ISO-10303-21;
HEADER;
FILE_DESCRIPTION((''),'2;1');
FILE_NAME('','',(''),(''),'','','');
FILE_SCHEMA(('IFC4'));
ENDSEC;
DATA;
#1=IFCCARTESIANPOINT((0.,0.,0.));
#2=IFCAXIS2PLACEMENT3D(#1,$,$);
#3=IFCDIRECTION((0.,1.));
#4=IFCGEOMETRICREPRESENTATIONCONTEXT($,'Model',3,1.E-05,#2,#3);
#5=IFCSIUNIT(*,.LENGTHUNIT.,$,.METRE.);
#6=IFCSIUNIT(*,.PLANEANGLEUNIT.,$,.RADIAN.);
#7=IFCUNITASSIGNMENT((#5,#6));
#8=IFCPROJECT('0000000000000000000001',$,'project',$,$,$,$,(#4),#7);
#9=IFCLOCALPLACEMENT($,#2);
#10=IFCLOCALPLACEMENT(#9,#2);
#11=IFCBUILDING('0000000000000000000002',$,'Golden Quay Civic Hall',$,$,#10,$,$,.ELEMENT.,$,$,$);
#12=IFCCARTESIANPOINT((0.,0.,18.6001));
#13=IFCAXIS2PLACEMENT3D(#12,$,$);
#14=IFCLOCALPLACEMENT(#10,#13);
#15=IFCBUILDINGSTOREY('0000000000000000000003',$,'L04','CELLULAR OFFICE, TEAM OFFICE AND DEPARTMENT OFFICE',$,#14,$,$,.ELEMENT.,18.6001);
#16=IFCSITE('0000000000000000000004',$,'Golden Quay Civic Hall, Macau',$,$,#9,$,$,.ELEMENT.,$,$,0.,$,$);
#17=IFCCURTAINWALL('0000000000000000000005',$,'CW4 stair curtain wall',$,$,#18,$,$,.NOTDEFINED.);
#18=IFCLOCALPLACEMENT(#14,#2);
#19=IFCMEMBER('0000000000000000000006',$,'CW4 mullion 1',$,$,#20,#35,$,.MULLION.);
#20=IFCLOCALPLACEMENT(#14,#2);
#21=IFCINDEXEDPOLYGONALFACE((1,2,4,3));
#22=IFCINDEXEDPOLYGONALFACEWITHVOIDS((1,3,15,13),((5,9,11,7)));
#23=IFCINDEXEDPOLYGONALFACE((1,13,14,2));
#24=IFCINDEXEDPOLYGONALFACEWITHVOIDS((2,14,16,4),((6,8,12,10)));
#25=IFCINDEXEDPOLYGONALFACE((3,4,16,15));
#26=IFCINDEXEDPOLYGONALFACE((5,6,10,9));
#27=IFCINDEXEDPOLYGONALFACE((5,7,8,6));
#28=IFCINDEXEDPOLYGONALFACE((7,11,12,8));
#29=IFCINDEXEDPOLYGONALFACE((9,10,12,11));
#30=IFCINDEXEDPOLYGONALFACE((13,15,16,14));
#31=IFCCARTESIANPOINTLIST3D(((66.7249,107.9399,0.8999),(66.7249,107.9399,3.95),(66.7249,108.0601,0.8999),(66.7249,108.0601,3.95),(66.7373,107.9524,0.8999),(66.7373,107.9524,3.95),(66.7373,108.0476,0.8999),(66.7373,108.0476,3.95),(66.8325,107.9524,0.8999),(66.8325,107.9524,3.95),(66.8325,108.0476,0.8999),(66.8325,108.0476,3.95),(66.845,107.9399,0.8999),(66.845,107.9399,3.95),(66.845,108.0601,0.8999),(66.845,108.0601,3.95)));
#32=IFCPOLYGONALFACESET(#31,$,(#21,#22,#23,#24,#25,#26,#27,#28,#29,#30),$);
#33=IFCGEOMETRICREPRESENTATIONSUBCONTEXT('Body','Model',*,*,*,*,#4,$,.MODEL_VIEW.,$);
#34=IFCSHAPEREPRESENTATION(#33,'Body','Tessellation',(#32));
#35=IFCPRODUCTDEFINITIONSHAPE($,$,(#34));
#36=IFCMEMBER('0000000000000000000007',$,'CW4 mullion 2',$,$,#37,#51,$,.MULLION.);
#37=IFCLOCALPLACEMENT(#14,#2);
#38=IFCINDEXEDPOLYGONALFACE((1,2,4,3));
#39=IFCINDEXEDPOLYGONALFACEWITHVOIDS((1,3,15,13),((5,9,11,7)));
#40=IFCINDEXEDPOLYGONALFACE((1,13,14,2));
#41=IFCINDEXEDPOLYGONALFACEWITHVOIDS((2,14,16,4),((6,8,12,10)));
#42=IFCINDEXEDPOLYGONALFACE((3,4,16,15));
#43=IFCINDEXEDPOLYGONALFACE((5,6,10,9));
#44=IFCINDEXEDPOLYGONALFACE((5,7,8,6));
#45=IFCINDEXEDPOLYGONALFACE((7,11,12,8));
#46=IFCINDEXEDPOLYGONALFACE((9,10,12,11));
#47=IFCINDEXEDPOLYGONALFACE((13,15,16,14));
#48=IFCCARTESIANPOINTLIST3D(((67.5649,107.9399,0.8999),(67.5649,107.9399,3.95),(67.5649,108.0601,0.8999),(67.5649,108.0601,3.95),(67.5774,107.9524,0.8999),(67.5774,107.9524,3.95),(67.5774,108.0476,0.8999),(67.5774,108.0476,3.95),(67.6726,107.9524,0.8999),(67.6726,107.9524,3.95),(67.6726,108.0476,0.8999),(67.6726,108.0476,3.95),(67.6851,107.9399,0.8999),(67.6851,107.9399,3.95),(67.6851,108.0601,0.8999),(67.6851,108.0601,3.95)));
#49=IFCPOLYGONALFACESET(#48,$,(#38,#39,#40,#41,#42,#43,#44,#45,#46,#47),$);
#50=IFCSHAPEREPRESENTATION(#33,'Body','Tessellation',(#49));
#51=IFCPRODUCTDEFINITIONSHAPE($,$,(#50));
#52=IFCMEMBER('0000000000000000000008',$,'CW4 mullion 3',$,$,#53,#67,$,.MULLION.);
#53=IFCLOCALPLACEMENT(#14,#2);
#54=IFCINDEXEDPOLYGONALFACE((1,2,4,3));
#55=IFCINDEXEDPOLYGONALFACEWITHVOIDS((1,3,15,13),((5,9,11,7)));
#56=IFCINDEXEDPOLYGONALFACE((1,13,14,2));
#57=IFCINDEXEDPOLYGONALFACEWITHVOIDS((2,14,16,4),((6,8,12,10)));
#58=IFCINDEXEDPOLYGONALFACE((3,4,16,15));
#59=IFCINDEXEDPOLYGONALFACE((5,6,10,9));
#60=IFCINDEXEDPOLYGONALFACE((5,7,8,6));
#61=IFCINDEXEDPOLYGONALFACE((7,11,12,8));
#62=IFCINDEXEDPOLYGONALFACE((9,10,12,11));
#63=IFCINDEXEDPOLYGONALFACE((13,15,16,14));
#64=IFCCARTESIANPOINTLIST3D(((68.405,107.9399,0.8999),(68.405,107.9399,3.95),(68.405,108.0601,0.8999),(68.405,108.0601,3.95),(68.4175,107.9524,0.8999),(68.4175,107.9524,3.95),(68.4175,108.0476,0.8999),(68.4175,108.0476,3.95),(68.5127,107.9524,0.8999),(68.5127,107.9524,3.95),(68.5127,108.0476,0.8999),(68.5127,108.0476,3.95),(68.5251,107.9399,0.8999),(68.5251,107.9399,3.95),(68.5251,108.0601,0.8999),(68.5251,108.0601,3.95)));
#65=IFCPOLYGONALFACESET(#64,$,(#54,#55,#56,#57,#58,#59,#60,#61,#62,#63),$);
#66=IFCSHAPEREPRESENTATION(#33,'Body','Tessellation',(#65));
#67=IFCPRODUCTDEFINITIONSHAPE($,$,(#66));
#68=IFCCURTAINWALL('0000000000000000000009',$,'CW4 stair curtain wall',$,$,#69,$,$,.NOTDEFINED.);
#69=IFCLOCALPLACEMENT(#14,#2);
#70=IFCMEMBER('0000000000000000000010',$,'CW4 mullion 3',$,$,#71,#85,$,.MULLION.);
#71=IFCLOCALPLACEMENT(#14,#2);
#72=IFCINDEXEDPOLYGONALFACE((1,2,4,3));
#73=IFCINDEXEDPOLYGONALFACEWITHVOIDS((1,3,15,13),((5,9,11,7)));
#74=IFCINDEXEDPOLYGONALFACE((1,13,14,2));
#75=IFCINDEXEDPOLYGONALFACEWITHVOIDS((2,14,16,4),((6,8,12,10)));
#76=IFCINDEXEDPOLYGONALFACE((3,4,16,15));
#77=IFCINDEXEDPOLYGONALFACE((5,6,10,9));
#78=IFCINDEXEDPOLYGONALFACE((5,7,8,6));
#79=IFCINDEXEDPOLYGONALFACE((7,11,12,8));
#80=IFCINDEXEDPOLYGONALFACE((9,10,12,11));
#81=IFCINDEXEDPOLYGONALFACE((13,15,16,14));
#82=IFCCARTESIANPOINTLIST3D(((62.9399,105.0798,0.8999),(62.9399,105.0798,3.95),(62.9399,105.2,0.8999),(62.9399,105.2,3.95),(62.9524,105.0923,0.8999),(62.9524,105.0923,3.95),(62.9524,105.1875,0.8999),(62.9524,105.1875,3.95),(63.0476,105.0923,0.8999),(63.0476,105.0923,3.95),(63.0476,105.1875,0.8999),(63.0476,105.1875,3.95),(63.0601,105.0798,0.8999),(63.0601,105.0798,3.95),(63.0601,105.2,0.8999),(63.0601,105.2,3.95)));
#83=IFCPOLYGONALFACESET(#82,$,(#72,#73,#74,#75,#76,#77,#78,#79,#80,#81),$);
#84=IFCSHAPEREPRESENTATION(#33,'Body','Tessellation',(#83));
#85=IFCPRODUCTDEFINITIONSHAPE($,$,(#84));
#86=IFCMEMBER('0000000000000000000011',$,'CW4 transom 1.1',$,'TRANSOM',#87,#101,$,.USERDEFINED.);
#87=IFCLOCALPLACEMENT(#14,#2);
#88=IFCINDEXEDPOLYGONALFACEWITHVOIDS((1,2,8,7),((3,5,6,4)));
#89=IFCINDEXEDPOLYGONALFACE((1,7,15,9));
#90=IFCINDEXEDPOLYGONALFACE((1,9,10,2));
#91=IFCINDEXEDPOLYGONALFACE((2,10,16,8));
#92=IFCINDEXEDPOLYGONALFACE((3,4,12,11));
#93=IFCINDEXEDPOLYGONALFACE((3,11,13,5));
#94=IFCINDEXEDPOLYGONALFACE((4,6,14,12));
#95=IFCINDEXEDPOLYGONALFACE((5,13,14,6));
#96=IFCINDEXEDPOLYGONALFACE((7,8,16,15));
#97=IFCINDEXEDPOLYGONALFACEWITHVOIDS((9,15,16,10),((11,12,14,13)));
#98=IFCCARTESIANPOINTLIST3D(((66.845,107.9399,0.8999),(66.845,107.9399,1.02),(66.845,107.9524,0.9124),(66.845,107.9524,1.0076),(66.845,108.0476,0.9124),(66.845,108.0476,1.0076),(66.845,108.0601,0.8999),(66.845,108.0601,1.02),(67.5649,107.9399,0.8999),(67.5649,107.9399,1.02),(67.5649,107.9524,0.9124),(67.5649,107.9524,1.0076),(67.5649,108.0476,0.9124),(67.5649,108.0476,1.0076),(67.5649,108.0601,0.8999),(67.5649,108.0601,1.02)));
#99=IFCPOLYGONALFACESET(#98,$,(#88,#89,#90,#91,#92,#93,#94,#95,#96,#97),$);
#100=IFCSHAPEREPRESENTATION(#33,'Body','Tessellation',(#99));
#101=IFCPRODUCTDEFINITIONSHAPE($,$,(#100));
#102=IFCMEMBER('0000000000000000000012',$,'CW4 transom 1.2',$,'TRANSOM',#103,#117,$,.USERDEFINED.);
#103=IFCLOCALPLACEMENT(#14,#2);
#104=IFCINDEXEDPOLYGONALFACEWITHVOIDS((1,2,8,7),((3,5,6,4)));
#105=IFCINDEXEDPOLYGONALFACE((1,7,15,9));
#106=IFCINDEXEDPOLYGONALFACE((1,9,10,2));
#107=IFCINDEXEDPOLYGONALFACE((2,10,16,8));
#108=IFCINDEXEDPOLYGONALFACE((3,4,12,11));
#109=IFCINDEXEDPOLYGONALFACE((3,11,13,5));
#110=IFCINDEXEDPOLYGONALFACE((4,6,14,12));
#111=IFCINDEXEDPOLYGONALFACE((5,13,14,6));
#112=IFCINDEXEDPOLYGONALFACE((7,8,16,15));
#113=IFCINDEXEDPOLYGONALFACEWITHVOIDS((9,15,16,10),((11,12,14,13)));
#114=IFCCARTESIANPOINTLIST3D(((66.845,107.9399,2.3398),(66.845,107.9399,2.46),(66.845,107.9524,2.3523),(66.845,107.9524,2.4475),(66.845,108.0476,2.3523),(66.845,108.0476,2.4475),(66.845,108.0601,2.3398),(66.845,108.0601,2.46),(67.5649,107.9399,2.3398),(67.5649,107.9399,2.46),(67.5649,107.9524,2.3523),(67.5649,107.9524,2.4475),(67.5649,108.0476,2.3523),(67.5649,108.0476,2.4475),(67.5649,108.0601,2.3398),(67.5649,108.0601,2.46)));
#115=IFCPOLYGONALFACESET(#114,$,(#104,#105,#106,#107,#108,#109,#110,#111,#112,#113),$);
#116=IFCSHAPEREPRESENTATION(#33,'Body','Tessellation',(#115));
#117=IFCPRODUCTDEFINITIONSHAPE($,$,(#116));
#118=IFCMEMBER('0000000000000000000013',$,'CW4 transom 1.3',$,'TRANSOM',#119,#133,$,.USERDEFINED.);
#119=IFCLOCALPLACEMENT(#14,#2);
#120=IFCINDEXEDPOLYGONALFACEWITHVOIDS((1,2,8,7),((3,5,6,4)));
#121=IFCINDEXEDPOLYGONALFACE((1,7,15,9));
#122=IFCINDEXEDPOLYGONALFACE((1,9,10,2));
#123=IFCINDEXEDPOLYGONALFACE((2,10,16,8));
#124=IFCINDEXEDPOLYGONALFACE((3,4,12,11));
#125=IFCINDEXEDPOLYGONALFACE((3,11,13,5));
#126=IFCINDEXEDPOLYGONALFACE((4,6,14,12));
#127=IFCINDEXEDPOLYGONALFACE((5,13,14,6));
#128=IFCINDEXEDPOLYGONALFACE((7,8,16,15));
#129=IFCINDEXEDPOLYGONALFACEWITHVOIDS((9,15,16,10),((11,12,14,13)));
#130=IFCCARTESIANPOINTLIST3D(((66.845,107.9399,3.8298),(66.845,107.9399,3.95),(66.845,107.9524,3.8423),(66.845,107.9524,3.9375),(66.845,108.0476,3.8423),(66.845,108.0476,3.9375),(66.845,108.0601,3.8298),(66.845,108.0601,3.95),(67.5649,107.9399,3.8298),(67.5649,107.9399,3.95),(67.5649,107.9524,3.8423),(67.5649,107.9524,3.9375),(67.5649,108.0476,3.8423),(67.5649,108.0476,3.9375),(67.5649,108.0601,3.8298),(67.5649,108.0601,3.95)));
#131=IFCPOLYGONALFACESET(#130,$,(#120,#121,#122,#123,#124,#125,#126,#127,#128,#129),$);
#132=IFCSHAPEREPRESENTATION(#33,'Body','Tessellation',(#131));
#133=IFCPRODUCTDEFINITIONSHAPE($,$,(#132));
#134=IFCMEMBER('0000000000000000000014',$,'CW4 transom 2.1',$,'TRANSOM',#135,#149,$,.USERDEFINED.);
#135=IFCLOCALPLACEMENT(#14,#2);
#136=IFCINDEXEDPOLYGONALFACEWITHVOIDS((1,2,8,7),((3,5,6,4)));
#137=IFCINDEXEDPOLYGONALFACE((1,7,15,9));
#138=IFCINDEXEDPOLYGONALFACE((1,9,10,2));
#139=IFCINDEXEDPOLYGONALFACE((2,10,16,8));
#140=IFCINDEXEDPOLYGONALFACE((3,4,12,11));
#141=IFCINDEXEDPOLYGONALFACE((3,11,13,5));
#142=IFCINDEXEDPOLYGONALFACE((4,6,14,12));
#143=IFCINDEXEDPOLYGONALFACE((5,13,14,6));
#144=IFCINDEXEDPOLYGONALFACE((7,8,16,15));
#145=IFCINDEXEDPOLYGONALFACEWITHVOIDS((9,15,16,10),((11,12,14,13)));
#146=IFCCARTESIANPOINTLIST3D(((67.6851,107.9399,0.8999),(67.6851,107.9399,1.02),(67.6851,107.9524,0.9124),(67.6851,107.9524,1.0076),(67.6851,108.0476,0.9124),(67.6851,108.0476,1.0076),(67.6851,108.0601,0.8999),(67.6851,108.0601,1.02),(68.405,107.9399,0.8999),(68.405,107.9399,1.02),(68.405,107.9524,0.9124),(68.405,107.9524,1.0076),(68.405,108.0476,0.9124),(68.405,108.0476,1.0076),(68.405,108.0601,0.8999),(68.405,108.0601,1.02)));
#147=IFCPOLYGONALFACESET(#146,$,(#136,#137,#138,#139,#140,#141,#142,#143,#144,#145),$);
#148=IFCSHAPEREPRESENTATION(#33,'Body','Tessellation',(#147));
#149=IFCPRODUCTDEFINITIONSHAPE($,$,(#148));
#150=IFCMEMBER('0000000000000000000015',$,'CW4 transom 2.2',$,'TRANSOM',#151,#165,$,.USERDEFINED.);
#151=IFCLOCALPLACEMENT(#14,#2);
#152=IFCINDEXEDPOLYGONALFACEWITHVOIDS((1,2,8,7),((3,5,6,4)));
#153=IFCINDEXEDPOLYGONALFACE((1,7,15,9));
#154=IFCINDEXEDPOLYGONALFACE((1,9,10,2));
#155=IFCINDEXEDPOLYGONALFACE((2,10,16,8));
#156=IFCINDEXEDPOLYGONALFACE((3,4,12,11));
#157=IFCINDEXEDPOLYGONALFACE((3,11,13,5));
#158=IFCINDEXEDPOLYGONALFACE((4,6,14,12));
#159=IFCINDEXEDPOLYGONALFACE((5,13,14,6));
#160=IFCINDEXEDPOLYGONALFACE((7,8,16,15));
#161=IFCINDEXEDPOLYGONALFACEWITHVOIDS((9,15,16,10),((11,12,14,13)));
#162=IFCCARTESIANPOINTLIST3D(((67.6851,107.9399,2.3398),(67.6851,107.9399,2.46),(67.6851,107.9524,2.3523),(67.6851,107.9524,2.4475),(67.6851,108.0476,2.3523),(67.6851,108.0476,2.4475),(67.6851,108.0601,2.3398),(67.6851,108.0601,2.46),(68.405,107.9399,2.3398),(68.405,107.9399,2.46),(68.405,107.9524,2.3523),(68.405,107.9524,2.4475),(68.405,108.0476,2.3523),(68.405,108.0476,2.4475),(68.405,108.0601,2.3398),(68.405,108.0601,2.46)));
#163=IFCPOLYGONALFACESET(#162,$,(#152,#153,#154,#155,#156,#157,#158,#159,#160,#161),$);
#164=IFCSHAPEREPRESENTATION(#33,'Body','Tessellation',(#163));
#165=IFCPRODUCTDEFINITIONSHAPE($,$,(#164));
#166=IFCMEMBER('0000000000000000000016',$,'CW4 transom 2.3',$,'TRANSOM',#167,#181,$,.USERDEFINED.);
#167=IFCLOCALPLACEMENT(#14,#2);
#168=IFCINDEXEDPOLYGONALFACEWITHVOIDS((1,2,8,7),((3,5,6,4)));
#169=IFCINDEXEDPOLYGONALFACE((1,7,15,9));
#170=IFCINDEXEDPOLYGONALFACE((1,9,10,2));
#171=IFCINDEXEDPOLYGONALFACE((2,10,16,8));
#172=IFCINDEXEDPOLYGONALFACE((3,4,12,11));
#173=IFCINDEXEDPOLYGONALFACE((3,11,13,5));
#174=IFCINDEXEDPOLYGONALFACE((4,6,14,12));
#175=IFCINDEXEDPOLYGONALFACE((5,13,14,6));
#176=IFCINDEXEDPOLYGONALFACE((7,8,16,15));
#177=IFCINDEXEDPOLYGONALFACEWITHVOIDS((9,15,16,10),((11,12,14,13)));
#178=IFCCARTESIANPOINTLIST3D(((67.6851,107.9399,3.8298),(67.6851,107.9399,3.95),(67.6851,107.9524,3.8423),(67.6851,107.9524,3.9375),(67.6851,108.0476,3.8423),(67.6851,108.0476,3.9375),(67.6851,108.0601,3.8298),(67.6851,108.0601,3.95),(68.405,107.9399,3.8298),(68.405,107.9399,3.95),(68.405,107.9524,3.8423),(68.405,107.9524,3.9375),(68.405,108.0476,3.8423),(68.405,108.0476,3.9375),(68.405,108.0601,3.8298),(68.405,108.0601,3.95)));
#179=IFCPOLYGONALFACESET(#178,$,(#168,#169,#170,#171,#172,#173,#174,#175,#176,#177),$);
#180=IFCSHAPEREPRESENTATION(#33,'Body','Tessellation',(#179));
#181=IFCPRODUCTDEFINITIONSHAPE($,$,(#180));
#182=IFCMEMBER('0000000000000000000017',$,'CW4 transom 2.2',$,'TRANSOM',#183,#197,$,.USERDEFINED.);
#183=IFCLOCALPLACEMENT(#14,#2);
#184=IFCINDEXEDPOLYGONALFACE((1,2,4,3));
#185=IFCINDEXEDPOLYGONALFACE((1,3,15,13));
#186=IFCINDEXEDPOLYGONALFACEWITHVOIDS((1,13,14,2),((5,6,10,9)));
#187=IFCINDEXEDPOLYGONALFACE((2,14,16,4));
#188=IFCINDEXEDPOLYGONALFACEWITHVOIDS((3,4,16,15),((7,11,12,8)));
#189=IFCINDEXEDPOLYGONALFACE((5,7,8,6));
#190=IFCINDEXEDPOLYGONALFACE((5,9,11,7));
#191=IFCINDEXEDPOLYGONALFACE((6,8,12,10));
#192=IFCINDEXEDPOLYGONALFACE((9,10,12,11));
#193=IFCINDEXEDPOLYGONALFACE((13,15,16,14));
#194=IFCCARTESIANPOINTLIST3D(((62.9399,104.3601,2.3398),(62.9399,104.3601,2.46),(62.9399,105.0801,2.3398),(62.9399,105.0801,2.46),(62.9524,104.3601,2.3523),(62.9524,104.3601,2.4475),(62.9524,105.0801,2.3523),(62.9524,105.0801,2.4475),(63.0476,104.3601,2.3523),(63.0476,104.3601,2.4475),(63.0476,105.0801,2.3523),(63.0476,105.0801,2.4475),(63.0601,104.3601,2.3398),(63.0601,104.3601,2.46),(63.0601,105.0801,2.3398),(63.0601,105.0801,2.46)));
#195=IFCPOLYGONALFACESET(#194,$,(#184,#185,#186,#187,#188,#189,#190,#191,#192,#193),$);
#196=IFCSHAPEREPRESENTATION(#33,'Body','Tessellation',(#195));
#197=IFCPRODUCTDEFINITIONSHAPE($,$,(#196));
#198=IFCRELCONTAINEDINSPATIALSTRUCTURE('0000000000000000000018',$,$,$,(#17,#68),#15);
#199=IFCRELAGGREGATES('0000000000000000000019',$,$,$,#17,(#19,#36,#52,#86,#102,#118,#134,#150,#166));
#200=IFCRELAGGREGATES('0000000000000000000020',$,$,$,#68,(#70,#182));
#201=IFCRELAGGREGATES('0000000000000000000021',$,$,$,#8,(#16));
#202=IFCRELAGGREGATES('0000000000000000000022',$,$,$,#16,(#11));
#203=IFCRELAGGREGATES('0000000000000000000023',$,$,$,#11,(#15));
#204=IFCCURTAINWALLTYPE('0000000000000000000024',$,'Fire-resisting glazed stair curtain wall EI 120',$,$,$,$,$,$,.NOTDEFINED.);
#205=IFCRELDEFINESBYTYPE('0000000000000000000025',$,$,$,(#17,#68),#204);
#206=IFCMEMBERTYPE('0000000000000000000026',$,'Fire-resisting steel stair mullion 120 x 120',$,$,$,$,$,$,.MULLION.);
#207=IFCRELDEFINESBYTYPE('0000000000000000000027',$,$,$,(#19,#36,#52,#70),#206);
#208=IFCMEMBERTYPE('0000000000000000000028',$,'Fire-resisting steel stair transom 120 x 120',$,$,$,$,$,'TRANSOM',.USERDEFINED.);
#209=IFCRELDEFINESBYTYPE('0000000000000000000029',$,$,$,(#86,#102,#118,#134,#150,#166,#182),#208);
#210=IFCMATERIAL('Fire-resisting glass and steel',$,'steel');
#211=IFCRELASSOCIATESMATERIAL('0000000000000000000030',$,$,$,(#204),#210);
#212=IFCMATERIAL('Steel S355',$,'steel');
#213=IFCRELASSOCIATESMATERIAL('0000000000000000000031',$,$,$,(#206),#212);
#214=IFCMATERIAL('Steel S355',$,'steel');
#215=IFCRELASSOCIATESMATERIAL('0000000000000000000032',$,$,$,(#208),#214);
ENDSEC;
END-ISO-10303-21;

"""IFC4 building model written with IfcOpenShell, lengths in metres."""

from ifc_helpers import new_model, si_unit, direction, frame, origin, origin_2d, place, context, subcontext, project, spatial, hollow_rectangle, extrude, material, material_profile, profile_set, type_object, element, aggregate, save


model = new_model("IFC4")

# Units and contexts
model_context = context("Model", 3, precision=1e-05, world=origin(), true_north=direction((0.0, 1.0)))
body_context = subcontext(model_context, "Body", "Model", "MODEL_VIEW")
ifc_project = project(units=[si_unit("LENGTHUNIT", "METRE"), si_unit("PLANEANGLEUNIT", "RADIAN")], contexts=[model_context])

# Site, building, storey
site_placement = place(None, origin())
site = spatial("IfcSite", under=ifc_project, at=site_placement, Name="Golden Quay Civic Hall, Macau", CompositionType="ELEMENT", RefElevation=0.0)
building_placement = place(site_placement, origin())
building = spatial("IfcBuilding", under=site, at=building_placement, Name="Golden Quay Civic Hall", CompositionType="ELEMENT")
storey_placement = place(building_placement, frame((0.0, 0.0, 18.6001)))
storey = spatial("IfcBuildingStorey", under=building, at=storey_placement, Name="L04", Description="CELLULAR OFFICE, TEAM OFFICE AND DEPARTMENT OFFICE", CompositionType="ELEMENT", Elevation=18.6001)

# Curtain wall, members
ifc_material_1 = material(Name="Fire-resisting glass and steel", Category="steel")
curtain_wall_type = type_object("IfcCurtainWallType", Name="Fire-resisting glazed stair curtain wall EI 120", PredefinedType="NOTDEFINED", material=ifc_material_1)
curtain_wall_1_placement = place(storey_placement, origin())
curtain_wall_1 = element("IfcCurtainWall", 1, at=curtain_wall_1_placement, inside=storey, type_object=curtain_wall_type, Name="CW4 stair curtain wall", PredefinedType="NOTDEFINED")
ifc_material_2 = material(Name="Steel S355", Category="steel")
ifc_material_profile_1 = material_profile(ifc_material_2, hollow_rectangle(XDim=0.1201, YDim=0.1201, WallThickness=0.0125, at=origin_2d()), Name="SHS 120x120x12.5")
ifc_profile_set_1 = profile_set([ifc_material_profile_1], Name="Steel S355")
member_type_1 = type_object("IfcMemberType", Name="Fire-resisting steel stair mullion 120 x 120", PredefinedType="MULLION", material=ifc_profile_set_1)
member_1_placement = place(storey_placement, frame((66.7849, 108.0, 0.8999), z_axis=(0.0, 0.0, 1.0), x_axis=(0.0, 1.0, 0.0)))
member_1 = element("IfcMember", 2, at=member_1_placement, type_object=member_type_1, Name="CW4 mullion 1", PredefinedType="MULLION", context=body_context, shape_type="SweptSolid", body=[
    extrude(hollow_rectangle(XDim=0.1201, YDim=0.1201, WallThickness=0.0125, at=origin_2d()), origin(), (0.0, 0.0, 1.0), 3.05),
])
member_2_placement = place(storey_placement, frame((67.625, 108.0, 0.8999), z_axis=(0.0, 0.0, 1.0), x_axis=(0.0, 1.0, 0.0)))
member_2 = element("IfcMember", 3, at=member_2_placement, type_object=member_type_1, Name="CW4 mullion 2", PredefinedType="MULLION", context=body_context, shape_type="SweptSolid", body=[
    extrude(hollow_rectangle(XDim=0.1201, YDim=0.1201, WallThickness=0.0125, at=origin_2d()), origin(), (0.0, 0.0, 1.0), 3.05),
])
member_3_placement = place(storey_placement, frame((68.4651, 108.0, 0.8999), z_axis=(0.0, 0.0, 1.0), x_axis=(0.0, 1.0, 0.0)))
member_3 = element("IfcMember", 4, at=member_3_placement, type_object=member_type_1, Name="CW4 mullion 3", PredefinedType="MULLION", context=body_context, shape_type="SweptSolid", body=[
    extrude(hollow_rectangle(XDim=0.1201, YDim=0.1201, WallThickness=0.0125, at=origin_2d()), origin(), (0.0, 0.0, 1.0), 3.05),
])

# Curtain wall, member
curtain_wall_2_placement = place(storey_placement, origin())
curtain_wall_2 = element("IfcCurtainWall", 5, at=curtain_wall_2_placement, inside=storey, type_object=curtain_wall_type, Name="CW4 stair curtain wall", PredefinedType="NOTDEFINED")
member_4_placement = place(storey_placement, frame((63.0, 105.1399, 0.8999), z_axis=(0.0, 0.0, 1.0), x_axis=(-1.0, 0.0, 0.0)))
member_4 = element("IfcMember", 6, at=member_4_placement, type_object=member_type_1, Name="CW4 mullion 3", PredefinedType="MULLION", context=body_context, shape_type="SweptSolid", body=[
    extrude(hollow_rectangle(XDim=0.1201, YDim=0.1201, WallThickness=0.0125, at=origin_2d()), origin(), (0.0, 0.0, 1.0), 3.05),
])

# Members
ifc_material_3 = material(Name="Steel S355", Category="steel")
ifc_material_profile_2 = material_profile(ifc_material_3, hollow_rectangle(XDim=0.1201, YDim=0.1201, WallThickness=0.0125, at=origin_2d()), Name="SHS 120x120x12.5")
ifc_profile_set_2 = profile_set([ifc_material_profile_2], Name="Steel S355")
member_type_2 = type_object("IfcMemberType", Name="Fire-resisting steel stair transom 120 x 120", ElementType="TRANSOM", PredefinedType="USERDEFINED", material=ifc_profile_set_2)
member_5_placement = place(storey_placement, frame((66.845, 108.0, 0.96), z_axis=(1.0, 0.0, 0.0), x_axis=(0.0, 1.0, 0.0)))
member_5 = element("IfcMember", 7, at=member_5_placement, type_object=member_type_2, Name="CW4 transom 1.1", ObjectType="TRANSOM", PredefinedType="USERDEFINED", context=body_context, shape_type="SweptSolid", body=[
    extrude(hollow_rectangle(XDim=0.1201, YDim=0.1201, WallThickness=0.0125, at=origin_2d()), origin(), (0.0, 0.0, 1.0), 0.72),
])
member_6_placement = place(storey_placement, frame((66.845, 108.0, 2.3999), z_axis=(1.0, 0.0, 0.0), x_axis=(0.0, 1.0, 0.0)))
member_6 = element("IfcMember", 8, at=member_6_placement, type_object=member_type_2, Name="CW4 transom 1.2", ObjectType="TRANSOM", PredefinedType="USERDEFINED", context=body_context, shape_type="SweptSolid", body=[
    extrude(hollow_rectangle(XDim=0.1201, YDim=0.1201, WallThickness=0.0125, at=origin_2d()), origin(), (0.0, 0.0, 1.0), 0.72),
])
member_7_placement = place(storey_placement, frame((66.845, 108.0, 3.8899), z_axis=(1.0, 0.0, 0.0), x_axis=(0.0, 1.0, 0.0)))
member_7 = element("IfcMember", 9, at=member_7_placement, type_object=member_type_2, Name="CW4 transom 1.3", ObjectType="TRANSOM", PredefinedType="USERDEFINED", context=body_context, shape_type="SweptSolid", body=[
    extrude(hollow_rectangle(XDim=0.1201, YDim=0.1201, WallThickness=0.0125, at=origin_2d()), origin(), (0.0, 0.0, 1.0), 0.72),
])
member_8_placement = place(storey_placement, frame((67.6851, 108.0, 0.96), z_axis=(1.0, 0.0, 0.0), x_axis=(0.0, 1.0, 0.0)))
member_8 = element("IfcMember", 10, at=member_8_placement, type_object=member_type_2, Name="CW4 transom 2.1", ObjectType="TRANSOM", PredefinedType="USERDEFINED", context=body_context, shape_type="SweptSolid", body=[
    extrude(hollow_rectangle(XDim=0.1201, YDim=0.1201, WallThickness=0.0125, at=origin_2d()), origin(), (0.0, 0.0, 1.0), 0.72),
])
member_9_placement = place(storey_placement, frame((67.6851, 108.0, 2.3999), z_axis=(1.0, 0.0, 0.0), x_axis=(0.0, 1.0, 0.0)))
member_9 = element("IfcMember", 11, at=member_9_placement, type_object=member_type_2, Name="CW4 transom 2.2", ObjectType="TRANSOM", PredefinedType="USERDEFINED", context=body_context, shape_type="SweptSolid", body=[
    extrude(hollow_rectangle(XDim=0.1201, YDim=0.1201, WallThickness=0.0125, at=origin_2d()), origin(), (0.0, 0.0, 1.0), 0.72),
])
member_10_placement = place(storey_placement, frame((67.6851, 108.0, 3.8899), z_axis=(1.0, 0.0, 0.0), x_axis=(0.0, 1.0, 0.0)))
member_10 = element("IfcMember", 12, at=member_10_placement, type_object=member_type_2, Name="CW4 transom 2.3", ObjectType="TRANSOM", PredefinedType="USERDEFINED", context=body_context, shape_type="SweptSolid", body=[
    extrude(hollow_rectangle(XDim=0.1201, YDim=0.1201, WallThickness=0.0125, at=origin_2d()), origin(), (0.0, 0.0, 1.0), 0.72),
])
member_11_placement = place(storey_placement, frame((63.0, 104.3601, 2.3999), z_axis=(0.0, 1.0, 0.0), x_axis=(-1.0, 0.0, 0.0)))
member_11 = element("IfcMember", 13, at=member_11_placement, type_object=member_type_2, Name="CW4 transom 2.2", ObjectType="TRANSOM", PredefinedType="USERDEFINED", context=body_context, shape_type="SweptSolid", body=[
    extrude(hollow_rectangle(XDim=0.1201, YDim=0.1201, WallThickness=0.0125, at=origin_2d()), origin(), (0.0, 0.0, 1.0), 0.72),
])

aggregate(curtain_wall_1, [member_1, member_2, member_3, member_5, member_6, member_7, member_8, member_9, member_10])
aggregate(curtain_wall_2, [member_4, member_11])

save(model, "model.ifc")
